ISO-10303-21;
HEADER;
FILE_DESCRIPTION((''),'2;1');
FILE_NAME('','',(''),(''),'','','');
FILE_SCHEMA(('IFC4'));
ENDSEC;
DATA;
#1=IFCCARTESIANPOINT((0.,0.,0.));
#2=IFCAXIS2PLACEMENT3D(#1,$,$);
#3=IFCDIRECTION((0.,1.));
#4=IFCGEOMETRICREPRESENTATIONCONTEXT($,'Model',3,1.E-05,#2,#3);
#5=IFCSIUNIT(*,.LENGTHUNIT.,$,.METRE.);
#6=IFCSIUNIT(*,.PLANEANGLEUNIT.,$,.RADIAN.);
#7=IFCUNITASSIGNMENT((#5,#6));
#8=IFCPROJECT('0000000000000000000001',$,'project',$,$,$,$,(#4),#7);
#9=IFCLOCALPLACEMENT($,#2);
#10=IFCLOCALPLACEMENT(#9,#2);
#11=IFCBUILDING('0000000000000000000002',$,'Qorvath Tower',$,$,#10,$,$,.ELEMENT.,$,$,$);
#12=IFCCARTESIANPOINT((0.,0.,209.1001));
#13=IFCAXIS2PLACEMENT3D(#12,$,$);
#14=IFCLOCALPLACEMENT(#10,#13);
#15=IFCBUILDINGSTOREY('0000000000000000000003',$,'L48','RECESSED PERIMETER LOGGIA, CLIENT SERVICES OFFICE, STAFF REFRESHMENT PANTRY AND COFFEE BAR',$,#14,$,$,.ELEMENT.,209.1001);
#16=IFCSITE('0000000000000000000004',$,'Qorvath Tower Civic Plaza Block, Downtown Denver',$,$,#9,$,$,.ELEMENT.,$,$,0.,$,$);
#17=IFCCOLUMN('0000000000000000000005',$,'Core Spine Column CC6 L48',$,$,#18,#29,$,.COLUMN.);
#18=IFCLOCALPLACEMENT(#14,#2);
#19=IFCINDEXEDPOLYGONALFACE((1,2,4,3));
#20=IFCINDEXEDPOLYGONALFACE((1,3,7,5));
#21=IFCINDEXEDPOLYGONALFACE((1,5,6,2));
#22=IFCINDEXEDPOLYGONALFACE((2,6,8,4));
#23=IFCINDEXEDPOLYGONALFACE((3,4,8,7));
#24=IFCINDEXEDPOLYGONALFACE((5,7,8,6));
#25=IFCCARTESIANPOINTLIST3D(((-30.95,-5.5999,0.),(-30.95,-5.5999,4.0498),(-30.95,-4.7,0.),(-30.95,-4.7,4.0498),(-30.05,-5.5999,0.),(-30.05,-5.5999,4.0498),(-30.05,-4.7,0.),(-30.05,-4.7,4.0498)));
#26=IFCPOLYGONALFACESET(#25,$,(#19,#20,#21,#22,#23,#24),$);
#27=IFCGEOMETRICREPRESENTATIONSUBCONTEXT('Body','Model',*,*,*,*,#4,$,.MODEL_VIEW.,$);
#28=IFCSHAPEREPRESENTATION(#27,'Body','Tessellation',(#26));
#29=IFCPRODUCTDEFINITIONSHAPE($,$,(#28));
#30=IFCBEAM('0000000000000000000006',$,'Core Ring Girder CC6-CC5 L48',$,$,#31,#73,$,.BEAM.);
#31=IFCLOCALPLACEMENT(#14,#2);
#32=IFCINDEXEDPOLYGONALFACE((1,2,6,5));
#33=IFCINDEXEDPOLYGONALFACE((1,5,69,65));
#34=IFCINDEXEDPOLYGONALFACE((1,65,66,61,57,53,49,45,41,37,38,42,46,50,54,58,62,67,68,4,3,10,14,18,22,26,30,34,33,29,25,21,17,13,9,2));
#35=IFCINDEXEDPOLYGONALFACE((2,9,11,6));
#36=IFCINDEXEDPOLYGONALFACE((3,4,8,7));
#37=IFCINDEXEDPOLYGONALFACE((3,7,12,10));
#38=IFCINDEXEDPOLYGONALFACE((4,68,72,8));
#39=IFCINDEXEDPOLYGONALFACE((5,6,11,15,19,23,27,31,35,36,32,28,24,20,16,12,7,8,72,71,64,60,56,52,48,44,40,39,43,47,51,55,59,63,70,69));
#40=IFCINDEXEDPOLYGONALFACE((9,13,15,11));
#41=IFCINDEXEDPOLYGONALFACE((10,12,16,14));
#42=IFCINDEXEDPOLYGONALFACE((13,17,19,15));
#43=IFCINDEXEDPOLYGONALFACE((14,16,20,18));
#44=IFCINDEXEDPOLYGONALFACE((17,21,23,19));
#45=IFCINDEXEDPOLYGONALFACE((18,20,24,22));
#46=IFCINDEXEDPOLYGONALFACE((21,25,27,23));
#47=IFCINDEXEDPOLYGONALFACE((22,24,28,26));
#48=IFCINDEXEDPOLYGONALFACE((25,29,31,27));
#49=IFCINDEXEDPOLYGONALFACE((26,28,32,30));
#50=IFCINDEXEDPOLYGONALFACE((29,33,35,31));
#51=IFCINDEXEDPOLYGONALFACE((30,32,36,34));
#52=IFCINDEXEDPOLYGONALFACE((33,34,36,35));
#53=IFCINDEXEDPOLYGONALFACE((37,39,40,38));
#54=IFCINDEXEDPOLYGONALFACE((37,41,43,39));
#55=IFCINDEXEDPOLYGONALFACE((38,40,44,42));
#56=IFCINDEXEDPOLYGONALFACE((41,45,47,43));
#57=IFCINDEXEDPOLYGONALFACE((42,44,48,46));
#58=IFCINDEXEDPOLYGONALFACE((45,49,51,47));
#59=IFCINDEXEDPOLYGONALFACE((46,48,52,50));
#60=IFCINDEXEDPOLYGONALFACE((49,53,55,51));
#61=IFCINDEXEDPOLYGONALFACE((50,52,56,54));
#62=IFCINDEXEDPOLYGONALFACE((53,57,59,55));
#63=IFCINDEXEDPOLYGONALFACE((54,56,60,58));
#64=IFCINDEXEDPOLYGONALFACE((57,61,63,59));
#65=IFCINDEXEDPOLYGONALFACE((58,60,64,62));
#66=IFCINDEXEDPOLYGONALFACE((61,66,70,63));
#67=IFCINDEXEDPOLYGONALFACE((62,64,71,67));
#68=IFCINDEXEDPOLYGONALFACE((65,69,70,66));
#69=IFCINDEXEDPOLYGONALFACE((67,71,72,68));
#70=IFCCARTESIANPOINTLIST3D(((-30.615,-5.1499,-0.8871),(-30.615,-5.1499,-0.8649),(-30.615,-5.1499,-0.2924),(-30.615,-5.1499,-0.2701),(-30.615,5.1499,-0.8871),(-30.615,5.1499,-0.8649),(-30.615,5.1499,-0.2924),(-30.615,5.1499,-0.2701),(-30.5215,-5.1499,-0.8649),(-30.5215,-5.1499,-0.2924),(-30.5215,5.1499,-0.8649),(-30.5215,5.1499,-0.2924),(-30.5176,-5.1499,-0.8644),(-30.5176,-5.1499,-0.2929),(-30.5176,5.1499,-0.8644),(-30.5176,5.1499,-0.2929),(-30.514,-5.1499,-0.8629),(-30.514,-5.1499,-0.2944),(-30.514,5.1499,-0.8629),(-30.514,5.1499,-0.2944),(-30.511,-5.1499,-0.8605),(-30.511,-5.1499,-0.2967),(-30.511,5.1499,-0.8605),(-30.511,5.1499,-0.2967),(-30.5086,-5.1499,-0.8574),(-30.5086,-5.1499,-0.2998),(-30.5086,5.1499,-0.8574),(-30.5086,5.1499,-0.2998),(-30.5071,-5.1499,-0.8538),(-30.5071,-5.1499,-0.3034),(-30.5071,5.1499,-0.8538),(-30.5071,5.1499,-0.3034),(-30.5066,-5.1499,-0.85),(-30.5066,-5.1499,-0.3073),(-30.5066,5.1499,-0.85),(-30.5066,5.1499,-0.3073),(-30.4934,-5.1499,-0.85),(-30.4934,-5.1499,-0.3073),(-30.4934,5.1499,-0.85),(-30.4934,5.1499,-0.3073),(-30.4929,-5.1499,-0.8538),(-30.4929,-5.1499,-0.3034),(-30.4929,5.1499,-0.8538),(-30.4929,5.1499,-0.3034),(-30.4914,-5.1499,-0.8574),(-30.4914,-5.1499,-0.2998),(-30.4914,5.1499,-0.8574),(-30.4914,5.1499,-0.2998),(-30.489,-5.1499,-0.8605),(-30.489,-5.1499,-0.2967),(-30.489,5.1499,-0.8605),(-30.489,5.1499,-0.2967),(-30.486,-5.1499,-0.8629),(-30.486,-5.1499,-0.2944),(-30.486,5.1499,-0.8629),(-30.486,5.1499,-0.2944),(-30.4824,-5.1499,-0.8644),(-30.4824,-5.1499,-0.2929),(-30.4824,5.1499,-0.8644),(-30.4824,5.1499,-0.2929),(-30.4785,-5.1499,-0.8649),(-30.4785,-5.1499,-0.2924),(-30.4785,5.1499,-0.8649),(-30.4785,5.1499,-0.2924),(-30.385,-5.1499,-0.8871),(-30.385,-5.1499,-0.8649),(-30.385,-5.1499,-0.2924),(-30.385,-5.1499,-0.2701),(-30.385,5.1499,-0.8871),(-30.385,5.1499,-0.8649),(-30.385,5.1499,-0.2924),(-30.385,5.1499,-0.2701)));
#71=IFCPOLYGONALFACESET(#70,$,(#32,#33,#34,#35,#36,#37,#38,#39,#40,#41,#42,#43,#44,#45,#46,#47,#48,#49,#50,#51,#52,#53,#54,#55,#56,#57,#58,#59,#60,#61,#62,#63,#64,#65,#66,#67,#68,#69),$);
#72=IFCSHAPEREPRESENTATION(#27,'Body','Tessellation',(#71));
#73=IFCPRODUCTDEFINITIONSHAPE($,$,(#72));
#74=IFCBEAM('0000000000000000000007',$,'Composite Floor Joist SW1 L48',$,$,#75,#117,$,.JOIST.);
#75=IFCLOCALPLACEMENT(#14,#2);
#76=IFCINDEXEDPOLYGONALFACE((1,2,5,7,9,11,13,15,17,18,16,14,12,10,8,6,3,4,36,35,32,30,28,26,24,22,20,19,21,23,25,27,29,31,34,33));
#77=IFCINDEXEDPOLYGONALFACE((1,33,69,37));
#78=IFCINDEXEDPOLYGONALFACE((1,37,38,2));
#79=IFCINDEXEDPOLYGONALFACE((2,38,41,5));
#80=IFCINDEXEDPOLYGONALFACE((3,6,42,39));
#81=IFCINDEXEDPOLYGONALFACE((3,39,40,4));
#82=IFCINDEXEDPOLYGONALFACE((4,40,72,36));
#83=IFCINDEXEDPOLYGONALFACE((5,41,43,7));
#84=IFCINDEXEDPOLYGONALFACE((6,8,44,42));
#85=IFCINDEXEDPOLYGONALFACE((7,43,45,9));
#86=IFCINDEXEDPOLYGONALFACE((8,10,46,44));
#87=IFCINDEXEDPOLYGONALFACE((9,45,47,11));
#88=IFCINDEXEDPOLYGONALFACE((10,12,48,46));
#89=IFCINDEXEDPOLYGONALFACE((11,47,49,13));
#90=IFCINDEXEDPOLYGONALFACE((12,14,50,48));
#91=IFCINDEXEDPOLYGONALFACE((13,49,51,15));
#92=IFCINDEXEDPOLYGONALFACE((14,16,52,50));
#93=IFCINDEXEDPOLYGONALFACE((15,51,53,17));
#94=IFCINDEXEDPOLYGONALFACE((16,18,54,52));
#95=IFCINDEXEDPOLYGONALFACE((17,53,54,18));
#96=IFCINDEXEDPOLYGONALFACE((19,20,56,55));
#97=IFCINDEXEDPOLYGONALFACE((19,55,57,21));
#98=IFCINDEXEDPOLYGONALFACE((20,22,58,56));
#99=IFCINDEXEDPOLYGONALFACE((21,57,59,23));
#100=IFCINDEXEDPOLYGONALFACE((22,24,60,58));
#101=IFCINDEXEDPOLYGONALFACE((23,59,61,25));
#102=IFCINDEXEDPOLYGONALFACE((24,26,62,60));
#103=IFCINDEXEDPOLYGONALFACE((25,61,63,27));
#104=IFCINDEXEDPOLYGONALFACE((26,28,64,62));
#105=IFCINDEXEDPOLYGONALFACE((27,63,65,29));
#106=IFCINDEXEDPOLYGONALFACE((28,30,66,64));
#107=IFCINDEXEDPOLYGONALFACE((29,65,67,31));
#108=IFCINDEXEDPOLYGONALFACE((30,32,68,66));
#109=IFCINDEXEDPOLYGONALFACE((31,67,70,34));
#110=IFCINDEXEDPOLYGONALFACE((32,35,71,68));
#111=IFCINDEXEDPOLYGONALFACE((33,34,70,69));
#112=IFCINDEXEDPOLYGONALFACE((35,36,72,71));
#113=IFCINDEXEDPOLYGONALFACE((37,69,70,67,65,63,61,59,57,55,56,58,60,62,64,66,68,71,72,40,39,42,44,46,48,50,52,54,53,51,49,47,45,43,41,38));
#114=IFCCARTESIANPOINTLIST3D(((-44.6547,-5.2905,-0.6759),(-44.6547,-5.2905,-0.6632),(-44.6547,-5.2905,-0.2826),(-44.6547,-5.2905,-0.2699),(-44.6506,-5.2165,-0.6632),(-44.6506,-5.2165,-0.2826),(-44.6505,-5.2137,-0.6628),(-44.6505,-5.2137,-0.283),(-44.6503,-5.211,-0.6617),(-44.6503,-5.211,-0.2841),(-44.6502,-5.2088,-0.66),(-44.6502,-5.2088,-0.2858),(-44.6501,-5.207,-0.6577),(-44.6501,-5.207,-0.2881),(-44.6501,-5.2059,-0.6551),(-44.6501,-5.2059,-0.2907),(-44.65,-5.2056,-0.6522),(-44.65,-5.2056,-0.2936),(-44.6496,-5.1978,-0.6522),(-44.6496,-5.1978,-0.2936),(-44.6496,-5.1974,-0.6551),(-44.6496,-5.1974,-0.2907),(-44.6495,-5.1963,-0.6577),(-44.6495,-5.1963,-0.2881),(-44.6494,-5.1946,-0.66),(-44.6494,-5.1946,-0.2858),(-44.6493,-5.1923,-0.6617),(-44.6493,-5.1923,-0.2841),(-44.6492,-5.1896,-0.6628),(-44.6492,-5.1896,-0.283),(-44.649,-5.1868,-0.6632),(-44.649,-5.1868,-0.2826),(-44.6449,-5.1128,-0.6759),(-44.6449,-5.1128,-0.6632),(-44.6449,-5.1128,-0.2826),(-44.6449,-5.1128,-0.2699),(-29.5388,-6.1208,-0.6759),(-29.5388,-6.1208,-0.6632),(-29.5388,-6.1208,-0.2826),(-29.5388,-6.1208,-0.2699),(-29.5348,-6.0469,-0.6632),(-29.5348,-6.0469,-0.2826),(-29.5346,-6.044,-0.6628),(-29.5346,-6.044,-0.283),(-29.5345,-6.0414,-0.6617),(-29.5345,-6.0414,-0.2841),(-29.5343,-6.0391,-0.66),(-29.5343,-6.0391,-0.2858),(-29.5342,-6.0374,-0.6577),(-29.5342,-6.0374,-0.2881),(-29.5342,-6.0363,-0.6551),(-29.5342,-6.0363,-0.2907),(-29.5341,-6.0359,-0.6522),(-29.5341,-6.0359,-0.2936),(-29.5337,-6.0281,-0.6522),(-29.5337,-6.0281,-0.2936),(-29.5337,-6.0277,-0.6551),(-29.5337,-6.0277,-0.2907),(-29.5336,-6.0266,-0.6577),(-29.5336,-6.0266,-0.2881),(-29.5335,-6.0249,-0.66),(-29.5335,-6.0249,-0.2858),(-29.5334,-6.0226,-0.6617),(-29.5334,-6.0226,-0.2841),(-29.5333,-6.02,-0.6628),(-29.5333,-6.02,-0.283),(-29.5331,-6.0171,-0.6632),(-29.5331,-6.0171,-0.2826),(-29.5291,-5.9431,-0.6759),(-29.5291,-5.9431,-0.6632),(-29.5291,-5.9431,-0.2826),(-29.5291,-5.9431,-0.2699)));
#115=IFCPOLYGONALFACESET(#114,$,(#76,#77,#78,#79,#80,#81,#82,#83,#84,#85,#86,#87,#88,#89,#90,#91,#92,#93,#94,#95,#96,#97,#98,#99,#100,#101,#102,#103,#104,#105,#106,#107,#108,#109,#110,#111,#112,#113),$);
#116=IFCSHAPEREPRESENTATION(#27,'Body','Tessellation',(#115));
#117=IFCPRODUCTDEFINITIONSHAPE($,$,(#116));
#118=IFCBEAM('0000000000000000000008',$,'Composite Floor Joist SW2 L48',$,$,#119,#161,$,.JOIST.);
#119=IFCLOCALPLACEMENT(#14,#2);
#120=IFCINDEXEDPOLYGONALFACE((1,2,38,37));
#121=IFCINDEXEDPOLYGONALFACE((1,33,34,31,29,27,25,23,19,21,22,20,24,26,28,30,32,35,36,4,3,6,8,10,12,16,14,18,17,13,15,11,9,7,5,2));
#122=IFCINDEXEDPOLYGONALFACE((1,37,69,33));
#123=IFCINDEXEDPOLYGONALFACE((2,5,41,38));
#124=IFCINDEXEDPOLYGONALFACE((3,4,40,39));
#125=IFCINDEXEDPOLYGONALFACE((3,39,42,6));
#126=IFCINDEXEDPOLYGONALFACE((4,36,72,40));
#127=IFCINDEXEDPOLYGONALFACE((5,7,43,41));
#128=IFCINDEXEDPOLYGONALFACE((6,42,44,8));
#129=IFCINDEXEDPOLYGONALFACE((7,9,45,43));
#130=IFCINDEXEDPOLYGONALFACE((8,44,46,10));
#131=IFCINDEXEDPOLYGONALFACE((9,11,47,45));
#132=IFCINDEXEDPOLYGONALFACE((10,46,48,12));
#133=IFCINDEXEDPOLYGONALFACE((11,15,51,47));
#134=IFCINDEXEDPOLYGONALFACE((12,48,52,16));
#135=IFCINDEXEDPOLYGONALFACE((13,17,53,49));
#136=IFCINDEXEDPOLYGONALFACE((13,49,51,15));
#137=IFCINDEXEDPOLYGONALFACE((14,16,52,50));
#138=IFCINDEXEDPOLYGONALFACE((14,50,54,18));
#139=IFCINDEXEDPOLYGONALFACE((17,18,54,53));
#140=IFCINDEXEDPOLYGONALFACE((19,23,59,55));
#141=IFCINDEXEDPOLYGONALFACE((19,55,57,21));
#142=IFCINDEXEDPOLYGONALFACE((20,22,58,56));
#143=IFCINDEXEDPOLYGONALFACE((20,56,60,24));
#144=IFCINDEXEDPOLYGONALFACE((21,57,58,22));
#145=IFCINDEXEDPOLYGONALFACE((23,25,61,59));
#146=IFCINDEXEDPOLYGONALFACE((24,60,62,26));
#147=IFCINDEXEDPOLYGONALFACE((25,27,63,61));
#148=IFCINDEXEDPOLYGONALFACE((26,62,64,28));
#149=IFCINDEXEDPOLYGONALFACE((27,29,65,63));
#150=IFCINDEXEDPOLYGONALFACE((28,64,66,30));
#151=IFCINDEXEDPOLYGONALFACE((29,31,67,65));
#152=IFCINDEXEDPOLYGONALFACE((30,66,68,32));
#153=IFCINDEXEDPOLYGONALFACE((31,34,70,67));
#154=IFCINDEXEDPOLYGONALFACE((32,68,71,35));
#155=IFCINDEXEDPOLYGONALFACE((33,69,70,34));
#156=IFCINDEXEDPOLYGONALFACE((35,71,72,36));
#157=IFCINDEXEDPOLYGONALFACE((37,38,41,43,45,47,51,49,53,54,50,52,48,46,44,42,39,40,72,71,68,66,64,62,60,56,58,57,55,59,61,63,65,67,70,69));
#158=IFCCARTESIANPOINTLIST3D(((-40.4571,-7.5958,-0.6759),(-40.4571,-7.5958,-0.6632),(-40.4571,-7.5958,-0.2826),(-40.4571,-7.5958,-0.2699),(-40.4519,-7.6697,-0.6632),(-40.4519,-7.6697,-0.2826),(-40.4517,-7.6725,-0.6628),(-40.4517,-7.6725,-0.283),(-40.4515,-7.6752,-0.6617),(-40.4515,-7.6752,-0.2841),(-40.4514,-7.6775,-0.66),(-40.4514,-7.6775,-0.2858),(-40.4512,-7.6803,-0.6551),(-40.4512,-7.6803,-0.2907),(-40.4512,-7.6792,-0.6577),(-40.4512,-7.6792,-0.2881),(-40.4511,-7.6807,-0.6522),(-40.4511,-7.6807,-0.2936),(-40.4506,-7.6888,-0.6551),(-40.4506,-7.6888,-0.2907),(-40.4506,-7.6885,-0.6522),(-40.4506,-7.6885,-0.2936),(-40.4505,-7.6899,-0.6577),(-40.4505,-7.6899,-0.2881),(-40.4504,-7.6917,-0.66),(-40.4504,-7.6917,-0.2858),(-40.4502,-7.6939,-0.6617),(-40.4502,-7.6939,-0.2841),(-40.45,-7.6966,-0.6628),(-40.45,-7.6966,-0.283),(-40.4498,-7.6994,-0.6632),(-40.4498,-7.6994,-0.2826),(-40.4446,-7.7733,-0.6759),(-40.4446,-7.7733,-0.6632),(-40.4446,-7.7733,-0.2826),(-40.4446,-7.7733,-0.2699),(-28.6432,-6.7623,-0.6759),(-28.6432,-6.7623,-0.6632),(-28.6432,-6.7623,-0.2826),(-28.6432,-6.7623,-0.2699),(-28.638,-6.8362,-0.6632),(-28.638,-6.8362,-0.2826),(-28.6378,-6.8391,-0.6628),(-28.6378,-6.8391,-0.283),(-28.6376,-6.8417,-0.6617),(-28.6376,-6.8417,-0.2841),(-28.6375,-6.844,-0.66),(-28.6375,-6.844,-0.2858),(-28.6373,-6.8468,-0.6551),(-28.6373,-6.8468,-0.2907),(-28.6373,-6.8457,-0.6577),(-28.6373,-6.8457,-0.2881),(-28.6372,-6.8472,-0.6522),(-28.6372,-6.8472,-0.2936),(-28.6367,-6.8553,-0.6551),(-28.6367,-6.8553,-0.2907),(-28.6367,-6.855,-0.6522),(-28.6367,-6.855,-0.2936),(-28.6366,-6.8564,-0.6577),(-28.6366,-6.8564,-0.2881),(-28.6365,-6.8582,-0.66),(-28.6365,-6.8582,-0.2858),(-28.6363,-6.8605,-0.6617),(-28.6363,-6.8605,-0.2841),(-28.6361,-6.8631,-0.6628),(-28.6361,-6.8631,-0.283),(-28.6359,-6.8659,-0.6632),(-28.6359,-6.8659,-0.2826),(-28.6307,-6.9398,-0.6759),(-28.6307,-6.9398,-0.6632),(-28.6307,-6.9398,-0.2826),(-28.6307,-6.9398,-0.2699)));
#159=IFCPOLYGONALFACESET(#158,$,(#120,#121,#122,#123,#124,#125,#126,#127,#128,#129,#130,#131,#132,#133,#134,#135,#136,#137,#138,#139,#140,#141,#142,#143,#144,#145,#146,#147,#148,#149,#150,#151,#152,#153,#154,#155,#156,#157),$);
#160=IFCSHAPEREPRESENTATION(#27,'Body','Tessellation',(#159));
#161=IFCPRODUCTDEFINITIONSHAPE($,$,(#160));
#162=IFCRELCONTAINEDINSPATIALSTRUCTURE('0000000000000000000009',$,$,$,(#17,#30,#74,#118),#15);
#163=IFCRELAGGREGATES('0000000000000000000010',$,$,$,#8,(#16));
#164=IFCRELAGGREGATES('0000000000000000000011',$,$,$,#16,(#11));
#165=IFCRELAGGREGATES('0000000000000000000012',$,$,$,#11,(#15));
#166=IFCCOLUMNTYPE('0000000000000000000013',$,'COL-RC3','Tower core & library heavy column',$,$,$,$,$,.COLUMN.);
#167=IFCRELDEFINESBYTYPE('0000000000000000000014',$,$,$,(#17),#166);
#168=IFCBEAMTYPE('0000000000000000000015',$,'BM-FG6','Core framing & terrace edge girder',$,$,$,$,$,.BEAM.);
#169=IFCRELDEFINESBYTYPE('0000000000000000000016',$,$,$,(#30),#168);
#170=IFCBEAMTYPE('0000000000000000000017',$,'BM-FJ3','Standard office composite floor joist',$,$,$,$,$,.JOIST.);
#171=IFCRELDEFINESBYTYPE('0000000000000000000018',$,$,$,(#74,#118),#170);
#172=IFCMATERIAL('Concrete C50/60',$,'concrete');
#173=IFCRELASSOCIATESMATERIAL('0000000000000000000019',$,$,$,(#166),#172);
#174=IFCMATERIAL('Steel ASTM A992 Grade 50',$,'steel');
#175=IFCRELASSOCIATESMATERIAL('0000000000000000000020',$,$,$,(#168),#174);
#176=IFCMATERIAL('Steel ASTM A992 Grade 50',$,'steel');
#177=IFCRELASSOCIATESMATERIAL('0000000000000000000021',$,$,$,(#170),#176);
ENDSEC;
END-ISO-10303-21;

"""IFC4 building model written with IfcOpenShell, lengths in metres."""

from ifc_helpers import new_model, si_unit, direction, frame, origin, origin_2d, place, context, subcontext, project, spatial, rectangle, i_section, extrude, material, material_profile, profile_set, type_object, element, save


model = new_model("IFC4")

# Units and contexts
model_context = context("Model", 3, precision=1e-05, world=origin(), true_north=direction((0.0, 1.0)))
body_context = subcontext(model_context, "Body", "Model", "MODEL_VIEW")
ifc_project = project(units=[si_unit("LENGTHUNIT", "METRE"), si_unit("PLANEANGLEUNIT", "RADIAN")], contexts=[model_context])

# Site, building, storey
site_placement = place(None, origin())
site = spatial("IfcSite", under=ifc_project, at=site_placement, Name="Qorvath Tower Civic Plaza Block, Downtown Denver", CompositionType="ELEMENT", RefElevation=0.0)
building_placement = place(site_placement, origin())
building = spatial("IfcBuilding", under=site, at=building_placement, Name="Qorvath Tower", CompositionType="ELEMENT")
storey_placement = place(building_placement, frame((0.0, 0.0, 209.1001)))
storey = spatial("IfcBuildingStorey", under=building, at=storey_placement, Name="L48", Description="RECESSED PERIMETER LOGGIA, CLIENT SERVICES OFFICE, STAFF REFRESHMENT PANTRY AND COFFEE BAR", CompositionType="ELEMENT", Elevation=209.1001)

# Column
ifc_material_1 = material(Name="Concrete C50/60", Category="concrete")
ifc_material_profile_1 = material_profile(ifc_material_1, rectangle(XDim=0.8999, YDim=0.8999, at=origin_2d()), Name="RC 900x900")
ifc_profile_set_1 = profile_set([ifc_material_profile_1], Name="Concrete C50/60")
column_type = type_object("IfcColumnType", Name="COL-RC3", Description="Tower core & library heavy column", PredefinedType="COLUMN", material=ifc_profile_set_1)
column_placement = place(storey_placement, frame((-30.5, -5.1499, 0.0), z_axis=(0.0, 0.0, 1.0), x_axis=(1.0, 0.0, 0.0)))
element("IfcColumn", 1, at=column_placement, inside=storey, type_object=column_type, Name="Core Spine Column CC6 L48", PredefinedType="COLUMN", context=body_context, shape_type="SweptSolid", body=[
    extrude(rectangle(XDim=0.8999, YDim=0.8999, at=origin_2d()), origin(), (0.0, 0.0, 1.0), 4.0498),
])

# Beams
ifc_material_2 = material(Name="Steel ASTM A992 Grade 50", Category="steel")
ifc_material_profile_2 = material_profile(ifc_material_2, i_section(OverallWidth=0.23, OverallDepth=0.6169, WebThickness=0.0132, FlangeThickness=0.0222, FilletRadius=0.0149, at=origin_2d()), Name="W24x94")
ifc_profile_set_2 = profile_set([ifc_material_profile_2], Name="Steel ASTM A992 Grade 50")
beam_type_1 = type_object("IfcBeamType", Name="BM-FG6", Description="Core framing & terrace edge girder", PredefinedType="BEAM", material=ifc_profile_set_2)
beam_1_placement = place(storey_placement, frame((-30.5, -5.1499, -0.5786), z_axis=(0.0, 1.0, 0.0), x_axis=(-1.0, 0.0, 0.0)))
element("IfcBeam", 2, at=beam_1_placement, inside=storey, type_object=beam_type_1, Name="Core Ring Girder CC6-CC5 L48", PredefinedType="BEAM", context=body_context, shape_type="SweptSolid", body=[
    extrude(i_section(OverallWidth=0.23, OverallDepth=0.6169, WebThickness=0.0132, FlangeThickness=0.0222, FilletRadius=0.0149, at=origin_2d()), origin(), (0.0, 0.0, 1.0), 10.2998),
])
ifc_material_3 = material(Name="Steel ASTM A992 Grade 50", Category="steel")
ifc_material_profile_3 = material_profile(ifc_material_3, i_section(OverallWidth=0.178, OverallDepth=0.406, WebThickness=0.0078, FlangeThickness=0.0127, FilletRadius=0.011, at=origin_2d()), Name="W16x40")
ifc_profile_set_3 = profile_set([ifc_material_profile_3], Name="Steel ASTM A992 Grade 50")
beam_type_2 = type_object("IfcBeamType", Name="BM-FJ3", Description="Standard office composite floor joist", PredefinedType="JOIST", material=ifc_profile_set_3)
beam_2_placement = place(storey_placement, frame((-29.5339, -6.032, -0.4729), z_axis=(-0.998495, 0.054847, 0.0), x_axis=(-0.054847, -0.998495, 0.0)))
element("IfcBeam", 3, at=beam_2_placement, inside=storey, type_object=beam_type_2, Name="Composite Floor Joist SW1 L48", PredefinedType="JOIST", context=body_context, shape_type="SweptSolid", body=[
    extrude(i_section(OverallWidth=0.178, OverallDepth=0.406, WebThickness=0.0078, FlangeThickness=0.0127, FilletRadius=0.011, at=origin_2d()), origin(), (0.0, 0.0, 1.0), 15.1387),
])
beam_3_placement = place(storey_placement, frame((-28.637, -6.8511, -0.4729), z_axis=(-0.99752, -0.070377, 0.0), x_axis=(0.070377, -0.99752, 0.0)))
element("IfcBeam", 4, at=beam_3_placement, inside=storey, type_object=beam_type_2, Name="Composite Floor Joist SW2 L48", PredefinedType="JOIST", context=body_context, shape_type="SweptSolid", body=[
    extrude(i_section(OverallWidth=0.178, OverallDepth=0.406, WebThickness=0.0078, FlangeThickness=0.0127, FilletRadius=0.011, at=origin_2d()), origin(), (0.0, 0.0, 1.0), 11.8433),
])

save(model, "model.ifc")
